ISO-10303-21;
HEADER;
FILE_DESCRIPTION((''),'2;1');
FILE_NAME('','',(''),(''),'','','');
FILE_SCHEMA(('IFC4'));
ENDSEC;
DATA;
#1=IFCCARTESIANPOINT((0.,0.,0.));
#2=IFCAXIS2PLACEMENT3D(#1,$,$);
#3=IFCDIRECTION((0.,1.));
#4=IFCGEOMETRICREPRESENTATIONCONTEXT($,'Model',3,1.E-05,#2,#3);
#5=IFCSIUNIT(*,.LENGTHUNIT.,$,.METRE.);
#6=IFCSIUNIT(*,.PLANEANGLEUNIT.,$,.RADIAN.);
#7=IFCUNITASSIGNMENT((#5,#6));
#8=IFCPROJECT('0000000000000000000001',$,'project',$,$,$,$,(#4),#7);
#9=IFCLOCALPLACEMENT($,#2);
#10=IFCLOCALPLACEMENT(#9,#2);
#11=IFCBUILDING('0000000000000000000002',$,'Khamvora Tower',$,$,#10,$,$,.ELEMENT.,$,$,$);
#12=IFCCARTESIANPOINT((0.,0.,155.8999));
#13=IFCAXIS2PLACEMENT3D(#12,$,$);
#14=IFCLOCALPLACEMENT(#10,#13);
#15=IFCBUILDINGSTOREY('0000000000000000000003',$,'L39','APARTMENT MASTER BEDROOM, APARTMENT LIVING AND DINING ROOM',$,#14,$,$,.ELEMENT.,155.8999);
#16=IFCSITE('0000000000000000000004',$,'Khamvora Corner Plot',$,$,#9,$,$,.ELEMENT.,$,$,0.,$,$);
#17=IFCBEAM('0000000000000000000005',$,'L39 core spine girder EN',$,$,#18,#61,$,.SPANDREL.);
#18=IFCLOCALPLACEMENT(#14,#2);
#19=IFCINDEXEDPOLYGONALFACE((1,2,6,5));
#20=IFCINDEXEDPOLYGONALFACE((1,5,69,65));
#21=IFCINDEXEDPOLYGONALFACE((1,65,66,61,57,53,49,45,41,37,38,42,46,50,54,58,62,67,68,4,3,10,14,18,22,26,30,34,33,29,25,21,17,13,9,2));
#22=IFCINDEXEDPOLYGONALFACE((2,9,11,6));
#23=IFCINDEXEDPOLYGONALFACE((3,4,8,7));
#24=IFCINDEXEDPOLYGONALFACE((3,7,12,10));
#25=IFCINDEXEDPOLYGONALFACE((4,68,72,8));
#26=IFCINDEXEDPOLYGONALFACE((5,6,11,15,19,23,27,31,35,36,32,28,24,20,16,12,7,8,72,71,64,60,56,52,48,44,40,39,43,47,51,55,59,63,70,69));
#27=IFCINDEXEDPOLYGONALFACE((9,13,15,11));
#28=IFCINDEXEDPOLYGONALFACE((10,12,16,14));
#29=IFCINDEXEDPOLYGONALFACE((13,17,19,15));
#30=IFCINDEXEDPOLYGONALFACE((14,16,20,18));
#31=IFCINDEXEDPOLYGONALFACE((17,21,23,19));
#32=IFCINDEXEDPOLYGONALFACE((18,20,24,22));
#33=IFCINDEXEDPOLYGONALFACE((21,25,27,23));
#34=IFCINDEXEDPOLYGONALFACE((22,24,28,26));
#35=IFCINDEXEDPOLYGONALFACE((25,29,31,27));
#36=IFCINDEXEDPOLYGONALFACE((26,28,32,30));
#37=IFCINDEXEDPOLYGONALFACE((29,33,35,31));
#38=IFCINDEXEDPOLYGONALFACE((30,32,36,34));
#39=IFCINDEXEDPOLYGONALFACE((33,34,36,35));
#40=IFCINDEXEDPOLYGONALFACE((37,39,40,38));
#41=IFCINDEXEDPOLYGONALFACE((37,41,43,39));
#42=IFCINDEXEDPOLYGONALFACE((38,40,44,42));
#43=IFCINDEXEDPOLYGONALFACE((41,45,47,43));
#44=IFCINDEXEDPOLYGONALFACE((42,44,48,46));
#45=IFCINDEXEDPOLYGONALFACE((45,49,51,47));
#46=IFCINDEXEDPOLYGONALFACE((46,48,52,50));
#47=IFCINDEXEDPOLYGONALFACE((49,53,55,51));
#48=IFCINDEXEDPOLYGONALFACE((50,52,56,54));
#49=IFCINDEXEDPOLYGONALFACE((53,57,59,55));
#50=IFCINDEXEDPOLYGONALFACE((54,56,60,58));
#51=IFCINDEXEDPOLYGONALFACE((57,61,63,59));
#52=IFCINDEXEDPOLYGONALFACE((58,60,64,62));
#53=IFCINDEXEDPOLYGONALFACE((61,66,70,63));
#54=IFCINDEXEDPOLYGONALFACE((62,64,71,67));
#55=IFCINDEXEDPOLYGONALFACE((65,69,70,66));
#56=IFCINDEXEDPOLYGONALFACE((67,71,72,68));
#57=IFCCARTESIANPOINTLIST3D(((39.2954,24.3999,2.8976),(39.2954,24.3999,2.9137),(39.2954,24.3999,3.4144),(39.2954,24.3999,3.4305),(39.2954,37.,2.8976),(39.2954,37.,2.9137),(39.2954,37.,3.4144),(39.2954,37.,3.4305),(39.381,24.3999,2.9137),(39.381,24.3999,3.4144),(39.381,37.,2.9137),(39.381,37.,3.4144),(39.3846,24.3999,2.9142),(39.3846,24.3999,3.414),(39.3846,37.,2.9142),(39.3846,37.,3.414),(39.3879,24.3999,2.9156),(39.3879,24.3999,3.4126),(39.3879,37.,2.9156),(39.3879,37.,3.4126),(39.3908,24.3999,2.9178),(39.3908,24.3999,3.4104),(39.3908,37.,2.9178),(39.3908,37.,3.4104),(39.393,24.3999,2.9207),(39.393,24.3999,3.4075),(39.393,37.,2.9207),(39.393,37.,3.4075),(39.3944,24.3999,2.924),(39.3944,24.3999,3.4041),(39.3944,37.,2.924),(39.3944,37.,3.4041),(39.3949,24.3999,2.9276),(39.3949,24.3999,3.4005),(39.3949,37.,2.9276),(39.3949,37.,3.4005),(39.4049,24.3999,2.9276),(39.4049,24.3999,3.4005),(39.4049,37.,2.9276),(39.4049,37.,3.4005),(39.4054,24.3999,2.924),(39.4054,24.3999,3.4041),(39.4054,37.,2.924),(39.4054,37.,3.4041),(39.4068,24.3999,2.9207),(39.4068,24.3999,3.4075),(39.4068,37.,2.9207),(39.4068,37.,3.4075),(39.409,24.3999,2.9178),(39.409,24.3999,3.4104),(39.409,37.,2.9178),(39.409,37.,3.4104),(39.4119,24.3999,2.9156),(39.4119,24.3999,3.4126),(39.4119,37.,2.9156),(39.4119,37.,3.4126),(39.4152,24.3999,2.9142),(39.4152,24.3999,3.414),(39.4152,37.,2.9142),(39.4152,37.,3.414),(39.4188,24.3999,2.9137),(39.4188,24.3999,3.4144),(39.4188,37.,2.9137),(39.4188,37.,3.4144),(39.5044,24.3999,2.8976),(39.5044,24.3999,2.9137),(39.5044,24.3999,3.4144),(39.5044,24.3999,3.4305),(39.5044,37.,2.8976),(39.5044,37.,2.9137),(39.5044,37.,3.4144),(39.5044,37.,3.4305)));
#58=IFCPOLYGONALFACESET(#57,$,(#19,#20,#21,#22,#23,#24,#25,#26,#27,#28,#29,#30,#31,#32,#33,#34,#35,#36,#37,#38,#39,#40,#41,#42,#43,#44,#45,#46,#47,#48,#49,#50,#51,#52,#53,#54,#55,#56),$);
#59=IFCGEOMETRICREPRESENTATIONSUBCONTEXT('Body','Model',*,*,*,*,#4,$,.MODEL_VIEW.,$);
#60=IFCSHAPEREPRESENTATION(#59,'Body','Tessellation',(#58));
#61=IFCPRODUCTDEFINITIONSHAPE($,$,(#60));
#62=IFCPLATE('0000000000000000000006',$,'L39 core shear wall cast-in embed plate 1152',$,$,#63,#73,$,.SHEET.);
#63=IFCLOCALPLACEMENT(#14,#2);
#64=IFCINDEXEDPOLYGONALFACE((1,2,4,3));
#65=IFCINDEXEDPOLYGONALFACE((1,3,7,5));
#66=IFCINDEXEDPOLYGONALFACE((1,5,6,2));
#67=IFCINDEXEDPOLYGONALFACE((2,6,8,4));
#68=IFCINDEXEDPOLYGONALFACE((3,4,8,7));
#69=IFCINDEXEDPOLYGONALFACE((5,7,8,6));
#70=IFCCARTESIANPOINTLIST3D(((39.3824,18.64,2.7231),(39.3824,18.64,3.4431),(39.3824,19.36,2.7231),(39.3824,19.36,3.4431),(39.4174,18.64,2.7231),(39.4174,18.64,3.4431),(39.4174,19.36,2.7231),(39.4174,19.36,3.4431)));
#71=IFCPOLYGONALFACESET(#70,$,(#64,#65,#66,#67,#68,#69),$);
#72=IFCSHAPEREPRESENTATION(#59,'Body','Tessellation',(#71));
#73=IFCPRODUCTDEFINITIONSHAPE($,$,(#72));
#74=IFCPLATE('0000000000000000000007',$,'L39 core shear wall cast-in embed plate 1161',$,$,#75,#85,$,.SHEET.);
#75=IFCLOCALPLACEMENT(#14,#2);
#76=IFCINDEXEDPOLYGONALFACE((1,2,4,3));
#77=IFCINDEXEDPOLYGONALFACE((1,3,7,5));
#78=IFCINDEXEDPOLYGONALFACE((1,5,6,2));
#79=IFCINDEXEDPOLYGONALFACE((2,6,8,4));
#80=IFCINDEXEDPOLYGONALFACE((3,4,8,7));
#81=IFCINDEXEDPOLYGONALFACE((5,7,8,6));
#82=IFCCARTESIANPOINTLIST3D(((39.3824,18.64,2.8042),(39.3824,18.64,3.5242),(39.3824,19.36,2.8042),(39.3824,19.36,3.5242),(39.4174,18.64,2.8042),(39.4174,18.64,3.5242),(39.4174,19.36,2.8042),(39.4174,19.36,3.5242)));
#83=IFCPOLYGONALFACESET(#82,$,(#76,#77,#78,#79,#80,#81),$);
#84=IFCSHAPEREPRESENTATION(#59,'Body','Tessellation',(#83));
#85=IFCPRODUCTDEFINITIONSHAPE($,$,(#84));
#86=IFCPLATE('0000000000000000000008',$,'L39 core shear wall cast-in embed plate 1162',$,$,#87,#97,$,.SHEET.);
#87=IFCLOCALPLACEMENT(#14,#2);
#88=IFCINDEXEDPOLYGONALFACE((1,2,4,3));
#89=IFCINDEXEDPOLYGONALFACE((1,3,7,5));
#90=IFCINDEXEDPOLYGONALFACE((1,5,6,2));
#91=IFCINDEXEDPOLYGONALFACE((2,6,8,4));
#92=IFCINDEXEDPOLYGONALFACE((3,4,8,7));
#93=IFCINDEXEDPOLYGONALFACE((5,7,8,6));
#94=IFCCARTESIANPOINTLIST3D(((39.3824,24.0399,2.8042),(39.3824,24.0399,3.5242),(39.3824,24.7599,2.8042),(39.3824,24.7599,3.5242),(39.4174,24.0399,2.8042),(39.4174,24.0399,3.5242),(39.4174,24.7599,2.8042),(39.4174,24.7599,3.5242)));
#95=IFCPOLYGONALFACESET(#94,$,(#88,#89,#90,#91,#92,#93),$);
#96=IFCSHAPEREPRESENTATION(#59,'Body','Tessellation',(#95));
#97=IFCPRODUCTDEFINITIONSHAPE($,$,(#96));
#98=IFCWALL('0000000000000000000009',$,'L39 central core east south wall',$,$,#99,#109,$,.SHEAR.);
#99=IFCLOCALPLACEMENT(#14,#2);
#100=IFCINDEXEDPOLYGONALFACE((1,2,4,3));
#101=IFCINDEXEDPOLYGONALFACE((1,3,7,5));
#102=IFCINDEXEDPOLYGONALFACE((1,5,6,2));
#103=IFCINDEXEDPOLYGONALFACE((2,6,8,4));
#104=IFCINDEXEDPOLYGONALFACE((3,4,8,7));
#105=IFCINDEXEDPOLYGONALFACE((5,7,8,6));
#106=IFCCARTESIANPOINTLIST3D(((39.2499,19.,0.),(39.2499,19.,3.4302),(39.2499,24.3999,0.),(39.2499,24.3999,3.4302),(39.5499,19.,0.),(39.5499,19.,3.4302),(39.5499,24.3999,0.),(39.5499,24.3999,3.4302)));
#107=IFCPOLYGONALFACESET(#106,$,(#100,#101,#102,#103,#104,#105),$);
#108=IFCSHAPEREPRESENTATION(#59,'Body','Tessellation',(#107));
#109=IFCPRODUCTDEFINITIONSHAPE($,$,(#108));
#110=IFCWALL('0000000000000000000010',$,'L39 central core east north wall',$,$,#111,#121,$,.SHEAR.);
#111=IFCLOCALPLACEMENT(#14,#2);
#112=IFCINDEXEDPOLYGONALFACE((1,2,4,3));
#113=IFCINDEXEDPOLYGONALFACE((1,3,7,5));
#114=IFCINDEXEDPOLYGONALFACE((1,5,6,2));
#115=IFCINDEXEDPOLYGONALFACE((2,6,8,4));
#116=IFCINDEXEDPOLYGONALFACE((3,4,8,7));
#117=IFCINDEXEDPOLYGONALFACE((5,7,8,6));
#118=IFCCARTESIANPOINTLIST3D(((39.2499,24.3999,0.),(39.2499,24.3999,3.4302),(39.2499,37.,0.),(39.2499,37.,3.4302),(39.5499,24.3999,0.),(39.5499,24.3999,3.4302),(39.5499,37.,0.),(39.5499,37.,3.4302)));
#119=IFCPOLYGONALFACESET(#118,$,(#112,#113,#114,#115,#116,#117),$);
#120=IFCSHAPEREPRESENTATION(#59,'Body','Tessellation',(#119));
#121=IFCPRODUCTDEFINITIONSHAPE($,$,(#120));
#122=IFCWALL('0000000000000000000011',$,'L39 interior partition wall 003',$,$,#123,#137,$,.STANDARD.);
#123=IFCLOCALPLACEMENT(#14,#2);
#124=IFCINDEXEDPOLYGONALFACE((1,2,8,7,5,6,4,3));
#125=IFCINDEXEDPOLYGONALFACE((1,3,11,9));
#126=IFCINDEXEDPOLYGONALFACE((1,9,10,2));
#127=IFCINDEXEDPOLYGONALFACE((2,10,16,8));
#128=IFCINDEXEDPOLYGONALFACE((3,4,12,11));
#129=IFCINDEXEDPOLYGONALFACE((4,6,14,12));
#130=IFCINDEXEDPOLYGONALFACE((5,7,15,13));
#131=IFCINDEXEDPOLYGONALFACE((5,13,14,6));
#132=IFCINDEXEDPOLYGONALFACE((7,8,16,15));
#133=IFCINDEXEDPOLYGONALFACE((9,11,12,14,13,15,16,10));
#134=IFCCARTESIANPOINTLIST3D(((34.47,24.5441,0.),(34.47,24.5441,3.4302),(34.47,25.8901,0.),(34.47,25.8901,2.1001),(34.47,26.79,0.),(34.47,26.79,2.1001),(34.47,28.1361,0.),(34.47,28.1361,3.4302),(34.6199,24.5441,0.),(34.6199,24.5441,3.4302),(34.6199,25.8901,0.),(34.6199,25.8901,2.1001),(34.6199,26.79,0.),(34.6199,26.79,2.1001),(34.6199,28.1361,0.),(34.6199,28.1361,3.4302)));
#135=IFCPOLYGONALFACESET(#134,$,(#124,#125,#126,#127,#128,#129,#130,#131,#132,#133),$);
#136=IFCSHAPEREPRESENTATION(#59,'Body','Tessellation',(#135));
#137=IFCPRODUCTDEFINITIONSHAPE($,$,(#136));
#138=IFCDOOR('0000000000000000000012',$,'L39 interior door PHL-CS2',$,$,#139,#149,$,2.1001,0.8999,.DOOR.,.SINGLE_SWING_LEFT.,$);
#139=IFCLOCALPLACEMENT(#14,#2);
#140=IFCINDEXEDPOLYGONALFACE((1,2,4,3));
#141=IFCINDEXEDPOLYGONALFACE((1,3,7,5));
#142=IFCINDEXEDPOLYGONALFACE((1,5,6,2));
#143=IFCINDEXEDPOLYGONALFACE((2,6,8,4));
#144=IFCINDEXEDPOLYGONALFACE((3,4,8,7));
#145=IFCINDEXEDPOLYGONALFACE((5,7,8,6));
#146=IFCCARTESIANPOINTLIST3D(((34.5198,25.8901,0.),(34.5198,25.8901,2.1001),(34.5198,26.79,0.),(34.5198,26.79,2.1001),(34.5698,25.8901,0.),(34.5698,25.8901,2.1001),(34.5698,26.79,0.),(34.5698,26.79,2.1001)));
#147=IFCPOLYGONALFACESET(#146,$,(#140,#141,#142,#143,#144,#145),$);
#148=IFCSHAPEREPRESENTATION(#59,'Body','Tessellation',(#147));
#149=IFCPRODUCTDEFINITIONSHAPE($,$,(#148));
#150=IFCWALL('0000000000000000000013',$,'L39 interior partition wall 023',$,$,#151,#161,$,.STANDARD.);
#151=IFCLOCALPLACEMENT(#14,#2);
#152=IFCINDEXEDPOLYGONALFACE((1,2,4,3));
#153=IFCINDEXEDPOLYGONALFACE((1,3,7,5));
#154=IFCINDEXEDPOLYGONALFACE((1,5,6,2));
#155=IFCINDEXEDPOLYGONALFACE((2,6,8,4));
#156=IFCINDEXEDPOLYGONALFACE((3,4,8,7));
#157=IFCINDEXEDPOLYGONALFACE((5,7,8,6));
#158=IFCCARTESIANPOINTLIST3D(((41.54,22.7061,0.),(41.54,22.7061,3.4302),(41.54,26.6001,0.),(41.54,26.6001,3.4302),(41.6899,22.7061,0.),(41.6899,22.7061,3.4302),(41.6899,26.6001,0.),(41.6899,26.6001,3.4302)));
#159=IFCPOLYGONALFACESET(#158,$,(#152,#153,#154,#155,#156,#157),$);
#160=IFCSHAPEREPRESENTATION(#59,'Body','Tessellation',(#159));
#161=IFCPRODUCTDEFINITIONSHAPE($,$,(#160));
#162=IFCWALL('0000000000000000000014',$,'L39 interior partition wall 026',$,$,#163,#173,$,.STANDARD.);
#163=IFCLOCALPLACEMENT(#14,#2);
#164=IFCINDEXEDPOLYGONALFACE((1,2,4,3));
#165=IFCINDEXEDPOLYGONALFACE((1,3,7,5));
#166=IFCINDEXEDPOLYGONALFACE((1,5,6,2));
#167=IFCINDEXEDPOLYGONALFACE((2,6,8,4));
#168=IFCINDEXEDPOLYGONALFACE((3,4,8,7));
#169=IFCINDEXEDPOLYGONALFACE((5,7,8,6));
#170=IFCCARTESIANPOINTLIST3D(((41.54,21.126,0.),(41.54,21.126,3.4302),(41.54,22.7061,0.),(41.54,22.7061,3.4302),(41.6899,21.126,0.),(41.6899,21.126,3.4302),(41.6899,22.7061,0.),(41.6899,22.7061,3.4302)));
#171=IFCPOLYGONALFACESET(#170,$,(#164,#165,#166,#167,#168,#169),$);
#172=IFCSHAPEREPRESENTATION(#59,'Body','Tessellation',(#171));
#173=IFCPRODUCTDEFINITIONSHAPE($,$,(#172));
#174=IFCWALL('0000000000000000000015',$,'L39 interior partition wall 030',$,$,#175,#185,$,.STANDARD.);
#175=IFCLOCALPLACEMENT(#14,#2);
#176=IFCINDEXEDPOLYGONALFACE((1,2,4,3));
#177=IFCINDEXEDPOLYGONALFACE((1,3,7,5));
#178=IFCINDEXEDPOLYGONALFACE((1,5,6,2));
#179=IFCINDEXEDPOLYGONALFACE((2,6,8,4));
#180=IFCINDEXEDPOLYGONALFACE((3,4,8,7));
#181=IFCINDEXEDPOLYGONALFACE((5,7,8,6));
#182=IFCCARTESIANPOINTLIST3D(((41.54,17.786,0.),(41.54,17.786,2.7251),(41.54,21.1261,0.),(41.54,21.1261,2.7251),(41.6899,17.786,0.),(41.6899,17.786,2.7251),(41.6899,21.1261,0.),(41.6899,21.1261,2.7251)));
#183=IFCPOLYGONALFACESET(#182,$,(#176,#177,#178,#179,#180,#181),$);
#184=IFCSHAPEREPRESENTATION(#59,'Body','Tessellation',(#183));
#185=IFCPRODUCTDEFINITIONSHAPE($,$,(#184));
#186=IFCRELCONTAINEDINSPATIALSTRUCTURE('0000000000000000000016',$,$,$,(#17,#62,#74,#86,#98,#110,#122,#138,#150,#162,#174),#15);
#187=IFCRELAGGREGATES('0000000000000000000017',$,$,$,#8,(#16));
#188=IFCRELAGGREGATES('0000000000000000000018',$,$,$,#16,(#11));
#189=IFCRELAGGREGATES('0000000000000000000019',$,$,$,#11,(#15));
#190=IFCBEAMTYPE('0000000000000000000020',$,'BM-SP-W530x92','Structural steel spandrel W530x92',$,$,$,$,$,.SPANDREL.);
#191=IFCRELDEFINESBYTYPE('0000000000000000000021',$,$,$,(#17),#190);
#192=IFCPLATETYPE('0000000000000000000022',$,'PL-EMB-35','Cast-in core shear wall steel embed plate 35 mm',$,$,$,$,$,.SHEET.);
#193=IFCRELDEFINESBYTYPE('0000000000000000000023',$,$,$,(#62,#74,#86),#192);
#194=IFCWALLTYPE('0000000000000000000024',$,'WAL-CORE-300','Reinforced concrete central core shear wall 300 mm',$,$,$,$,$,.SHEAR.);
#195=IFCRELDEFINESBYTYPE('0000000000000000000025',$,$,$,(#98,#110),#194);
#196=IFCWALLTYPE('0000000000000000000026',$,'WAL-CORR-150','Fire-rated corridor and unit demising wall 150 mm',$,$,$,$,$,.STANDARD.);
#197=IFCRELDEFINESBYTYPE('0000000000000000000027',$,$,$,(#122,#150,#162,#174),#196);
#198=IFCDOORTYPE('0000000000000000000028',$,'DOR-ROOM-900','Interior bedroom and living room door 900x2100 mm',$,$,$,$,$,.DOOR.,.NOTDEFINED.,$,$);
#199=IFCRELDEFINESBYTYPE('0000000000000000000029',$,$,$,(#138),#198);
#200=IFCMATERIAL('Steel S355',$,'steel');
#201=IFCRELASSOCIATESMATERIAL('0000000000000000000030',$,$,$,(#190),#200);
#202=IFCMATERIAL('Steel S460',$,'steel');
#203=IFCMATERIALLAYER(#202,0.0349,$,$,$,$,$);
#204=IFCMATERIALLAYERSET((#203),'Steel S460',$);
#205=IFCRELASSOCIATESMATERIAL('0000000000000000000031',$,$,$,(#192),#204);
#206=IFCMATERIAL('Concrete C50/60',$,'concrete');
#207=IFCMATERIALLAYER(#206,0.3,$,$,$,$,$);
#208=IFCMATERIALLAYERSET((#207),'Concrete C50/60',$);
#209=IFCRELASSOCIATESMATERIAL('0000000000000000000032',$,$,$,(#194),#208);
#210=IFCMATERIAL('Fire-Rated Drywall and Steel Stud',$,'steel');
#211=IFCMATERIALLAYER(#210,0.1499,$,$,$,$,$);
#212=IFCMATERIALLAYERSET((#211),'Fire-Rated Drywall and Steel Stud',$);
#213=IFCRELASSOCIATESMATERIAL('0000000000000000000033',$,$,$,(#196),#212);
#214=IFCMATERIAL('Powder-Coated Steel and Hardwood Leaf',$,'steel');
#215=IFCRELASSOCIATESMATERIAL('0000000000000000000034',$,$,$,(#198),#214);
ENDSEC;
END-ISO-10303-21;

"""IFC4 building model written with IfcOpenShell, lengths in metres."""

from ifc_helpers import new_model, si_unit, direction, frame, frame_2d, origin, origin_2d, place, context, subcontext, project, spatial, rectangle, i_section, extrude, material, layer, layer_set, material_profile, profile_set, type_object, element, fill, save


model = new_model("IFC4")

# Units and contexts
model_context = context("Model", 3, precision=1e-05, world=origin(), true_north=direction((0.0, 1.0)))
body_context = subcontext(model_context, "Body", "Model", "MODEL_VIEW")
ifc_project = project(units=[si_unit("LENGTHUNIT", "METRE"), si_unit("PLANEANGLEUNIT", "RADIAN")], contexts=[model_context])

# Site, building, storey
site_placement = place(None, origin())
site = spatial("IfcSite", under=ifc_project, at=site_placement, Name="Khamvora Corner Plot", CompositionType="ELEMENT", RefElevation=0.0)
building_placement = place(site_placement, origin())
building = spatial("IfcBuilding", under=site, at=building_placement, Name="Khamvora Tower", CompositionType="ELEMENT")
storey_placement = place(building_placement, frame((0.0, 0.0, 155.8999)))
storey = spatial("IfcBuildingStorey", under=building, at=storey_placement, Name="L39", Description="APARTMENT MASTER BEDROOM, APARTMENT LIVING AND DINING ROOM", CompositionType="ELEMENT", Elevation=155.8999)

# Shared definitions
ifc_material_1 = material(Name="Steel S460", Category="steel")

# Beam
ifc_material_2 = material(Name="Steel S355", Category="steel")
ifc_material_profile_1 = material_profile(ifc_material_2, i_section(OverallWidth=0.209, OverallDepth=0.533, WebThickness=0.01, FlangeThickness=0.0161, FilletRadius=0.0139, at=origin_2d()), Name="W530x92")
ifc_profile_set_1 = profile_set([ifc_material_profile_1], Name="Steel S355")
beam_type_1 = type_object("IfcBeamType", Name="BM-SP-W530x92", Description="Structural steel spandrel W530x92", PredefinedType="SPANDREL", material=ifc_profile_set_1)
beam_1_placement = place(storey_placement, frame((39.3999, 24.3999, 3.1641), z_axis=(0.0, 1.0, 0.0), x_axis=(-1.0, 0.0, 0.0)))
element("IfcBeam", 1, at=beam_1_placement, inside=storey, type_object=beam_type_1, Name="L39 core spine girder EN", PredefinedType="SPANDREL", context=body_context, shape_type="SweptSolid", body=[
    extrude(i_section(OverallWidth=0.209, OverallDepth=0.533, WebThickness=0.01, FlangeThickness=0.0161, FilletRadius=0.0139, at=origin_2d()), origin(), (0.0, 0.0, 1.0), 12.6001),
])

# Plates
ifc_layer_1 = layer(ifc_material_1, 0.0349)
ifc_layer_set_1 = layer_set([ifc_layer_1], Name="Steel S460")
plate_type = type_object("IfcPlateType", Name="PL-EMB-35", Description="Cast-in core shear wall steel embed plate 35 mm", PredefinedType="SHEET", material=ifc_layer_set_1)
for number, where, z_axis, x_axis, name in (
    (2, (39.3999, 19.0, 2.7231), (0.0, 0.0, 1.0), (1.0, 0.0, 0.0), "L39 core shear wall cast-in embed plate 1152"),
    (3, (39.3999, 19.0, 2.8042), (0.0, 0.0, 1.0), (1.0, 0.0, 0.0), "L39 core shear wall cast-in embed plate 1161"),
    (4, (39.3999, 24.3999, 2.8042), (0.0, 0.0, 1.0), (1.0, 0.0, 0.0), "L39 core shear wall cast-in embed plate 1162"),
):
    element("IfcPlate", number, at=place(storey_placement, frame(where, z_axis=z_axis, x_axis=x_axis)), inside=storey, type_object=plate_type, Name=name, PredefinedType="SHEET", context=body_context, shape_type="SweptSolid", body=[
        extrude(rectangle(XDim=0.0349, YDim=0.72, at=origin_2d()), origin(), (0.0, 0.0, 1.0), 0.72),
    ])

# Walls
ifc_material_3 = material(Name="Concrete C50/60", Category="concrete")
ifc_layer_2 = layer(ifc_material_3, 0.3)
ifc_layer_set_2 = layer_set([ifc_layer_2], Name="Concrete C50/60")
wall_type_1 = type_object("IfcWallType", Name="WAL-CORE-300", Description="Reinforced concrete central core shear wall 300 mm", PredefinedType="SHEAR", material=ifc_layer_set_2)
wall_1_placement = place(storey_placement, frame((39.3999, 19.0, 0.0), z_axis=(0.0, 0.0, 1.0), x_axis=(0.0, 1.0, 0.0)))
element("IfcWall", 5, at=wall_1_placement, inside=storey, type_object=wall_type_1, Name="L39 central core east south wall", PredefinedType="SHEAR", context=body_context, shape_type="SweptSolid", body=[
    extrude(rectangle(XDim=5.3999, YDim=0.3, at=frame_2d((2.7, 0.0))), origin(), (0.0, 0.0, 1.0), 3.4302),
])
wall_2_placement = place(storey_placement, frame((39.3999, 24.3999, 0.0), z_axis=(0.0, 0.0, 1.0), x_axis=(0.0, 1.0, 0.0)))
element("IfcWall", 6, at=wall_2_placement, inside=storey, type_object=wall_type_1, Name="L39 central core east north wall", PredefinedType="SHEAR", context=body_context, shape_type="SweptSolid", body=[
    extrude(rectangle(XDim=12.6001, YDim=0.3, at=frame_2d((6.3, 0.0))), origin(), (0.0, 0.0, 1.0), 3.4302),
])

# Shared definitions
ifc_material_4 = material(Name="Powder-Coated Steel and Hardwood Leaf", Category="steel")

# Wall, opening, door
ifc_material_5 = material(Name="Fire-Rated Drywall and Steel Stud", Category="steel")
ifc_layer_3 = layer(ifc_material_5, 0.1499)
ifc_layer_set_3 = layer_set([ifc_layer_3], Name="Fire-Rated Drywall and Steel Stud")
wall_type_2 = type_object("IfcWallType", Name="WAL-CORR-150", Description="Fire-rated corridor and unit demising wall 150 mm", PredefinedType="STANDARD", material=ifc_layer_set_3)
wall_3_placement = place(storey_placement, frame((34.5449, 28.136, 0.0), z_axis=(0.0, 0.0, 1.0), x_axis=(0.0, -1.0, 0.0)))
wall_3 = element("IfcWall", 7, at=wall_3_placement, inside=storey, type_object=wall_type_2, Name="L39 interior partition wall 003", PredefinedType="STANDARD", context=body_context, shape_type="SweptSolid", body=[
    extrude(rectangle(XDim=3.592, YDim=0.1499, at=frame_2d((1.7959, 0.0))), origin(), (0.0, 0.0, 1.0), 3.4302),
])
opening_1_placement = place(wall_3_placement, frame((1.3459, 0.0, 0.0)))
opening_1 = element("IfcOpeningElement", 8, at=opening_1_placement, cuts=wall_3, PredefinedType="OPENING", context=body_context, shape_type="SweptSolid", body=[
    extrude(rectangle(XDim=0.8999, YDim=2.1001, at=frame_2d((0.45, 1.05))), frame((0.0, 0.085, 0.0), z_axis=(0.0, -1.0, 0.0), x_axis=(1.0, 0.0, 0.0)), (0.0, 0.0, 1.0), 0.1699),
])
door_type_1 = type_object("IfcDoorType", Name="DOR-ROOM-900", Description="Interior bedroom and living room door 900x2100 mm", OperationType="NOTDEFINED", PredefinedType="DOOR", material=ifc_material_4)
door_1_placement = place(opening_1_placement, origin())
door_1 = element("IfcDoor", 9, at=door_1_placement, inside=storey, type_object=door_type_1, Name="L39 interior door PHL-CS2", OperationType="SINGLE_SWING_LEFT", OverallHeight=2.1001, OverallWidth=0.8999, PredefinedType="DOOR", context=body_context, shape_type="SweptSolid", body=[
    extrude(rectangle(XDim=0.8999, YDim=2.1001, at=frame_2d((0.45, 1.05))), frame((0.0, 0.0249, 0.0), z_axis=(0.0, -1.0, 0.0), x_axis=(1.0, 0.0, 0.0)), (0.0, 0.0, 1.0), 0.05),
])
fill(opening_1, door_1)

# Walls
wall_4_placement = place(storey_placement, frame((41.615, 26.6001, 0.0), z_axis=(0.0, 0.0, 1.0), x_axis=(0.0, -1.0, 0.0)))
element("IfcWall", 10, at=wall_4_placement, inside=storey, type_object=wall_type_2, Name="L39 interior partition wall 023", PredefinedType="STANDARD", context=body_context, shape_type="SweptSolid", body=[
    extrude(rectangle(XDim=3.894, YDim=0.1499, at=frame_2d((1.947, 0.0))), origin(), (0.0, 0.0, 1.0), 3.4302),
])
wall_5_placement = place(storey_placement, frame((41.615, 22.7061, 0.0), z_axis=(0.0, 0.0, 1.0), x_axis=(0.0, -1.0, 0.0)))
element("IfcWall", 11, at=wall_5_placement, inside=storey, type_object=wall_type_2, Name="L39 interior partition wall 026", PredefinedType="STANDARD", context=body_context, shape_type="SweptSolid", body=[
    extrude(rectangle(XDim=1.5801, YDim=0.1499, at=frame_2d((0.79, 0.0))), origin(), (0.0, 0.0, 1.0), 3.4302),
])
wall_6_placement = place(storey_placement, frame((41.615, 21.126, 0.0), z_axis=(0.0, 0.0, 1.0), x_axis=(0.0, -1.0, 0.0)))
element("IfcWall", 12, at=wall_6_placement, inside=storey, type_object=wall_type_2, Name="L39 interior partition wall 030", PredefinedType="STANDARD", context=body_context, shape_type="SweptSolid", body=[
    extrude(rectangle(XDim=3.3401, YDim=0.1499, at=frame_2d((1.6699, 0.0))), origin(), (0.0, 0.0, 1.0), 2.7251),
])

save(model, "model.ifc")
